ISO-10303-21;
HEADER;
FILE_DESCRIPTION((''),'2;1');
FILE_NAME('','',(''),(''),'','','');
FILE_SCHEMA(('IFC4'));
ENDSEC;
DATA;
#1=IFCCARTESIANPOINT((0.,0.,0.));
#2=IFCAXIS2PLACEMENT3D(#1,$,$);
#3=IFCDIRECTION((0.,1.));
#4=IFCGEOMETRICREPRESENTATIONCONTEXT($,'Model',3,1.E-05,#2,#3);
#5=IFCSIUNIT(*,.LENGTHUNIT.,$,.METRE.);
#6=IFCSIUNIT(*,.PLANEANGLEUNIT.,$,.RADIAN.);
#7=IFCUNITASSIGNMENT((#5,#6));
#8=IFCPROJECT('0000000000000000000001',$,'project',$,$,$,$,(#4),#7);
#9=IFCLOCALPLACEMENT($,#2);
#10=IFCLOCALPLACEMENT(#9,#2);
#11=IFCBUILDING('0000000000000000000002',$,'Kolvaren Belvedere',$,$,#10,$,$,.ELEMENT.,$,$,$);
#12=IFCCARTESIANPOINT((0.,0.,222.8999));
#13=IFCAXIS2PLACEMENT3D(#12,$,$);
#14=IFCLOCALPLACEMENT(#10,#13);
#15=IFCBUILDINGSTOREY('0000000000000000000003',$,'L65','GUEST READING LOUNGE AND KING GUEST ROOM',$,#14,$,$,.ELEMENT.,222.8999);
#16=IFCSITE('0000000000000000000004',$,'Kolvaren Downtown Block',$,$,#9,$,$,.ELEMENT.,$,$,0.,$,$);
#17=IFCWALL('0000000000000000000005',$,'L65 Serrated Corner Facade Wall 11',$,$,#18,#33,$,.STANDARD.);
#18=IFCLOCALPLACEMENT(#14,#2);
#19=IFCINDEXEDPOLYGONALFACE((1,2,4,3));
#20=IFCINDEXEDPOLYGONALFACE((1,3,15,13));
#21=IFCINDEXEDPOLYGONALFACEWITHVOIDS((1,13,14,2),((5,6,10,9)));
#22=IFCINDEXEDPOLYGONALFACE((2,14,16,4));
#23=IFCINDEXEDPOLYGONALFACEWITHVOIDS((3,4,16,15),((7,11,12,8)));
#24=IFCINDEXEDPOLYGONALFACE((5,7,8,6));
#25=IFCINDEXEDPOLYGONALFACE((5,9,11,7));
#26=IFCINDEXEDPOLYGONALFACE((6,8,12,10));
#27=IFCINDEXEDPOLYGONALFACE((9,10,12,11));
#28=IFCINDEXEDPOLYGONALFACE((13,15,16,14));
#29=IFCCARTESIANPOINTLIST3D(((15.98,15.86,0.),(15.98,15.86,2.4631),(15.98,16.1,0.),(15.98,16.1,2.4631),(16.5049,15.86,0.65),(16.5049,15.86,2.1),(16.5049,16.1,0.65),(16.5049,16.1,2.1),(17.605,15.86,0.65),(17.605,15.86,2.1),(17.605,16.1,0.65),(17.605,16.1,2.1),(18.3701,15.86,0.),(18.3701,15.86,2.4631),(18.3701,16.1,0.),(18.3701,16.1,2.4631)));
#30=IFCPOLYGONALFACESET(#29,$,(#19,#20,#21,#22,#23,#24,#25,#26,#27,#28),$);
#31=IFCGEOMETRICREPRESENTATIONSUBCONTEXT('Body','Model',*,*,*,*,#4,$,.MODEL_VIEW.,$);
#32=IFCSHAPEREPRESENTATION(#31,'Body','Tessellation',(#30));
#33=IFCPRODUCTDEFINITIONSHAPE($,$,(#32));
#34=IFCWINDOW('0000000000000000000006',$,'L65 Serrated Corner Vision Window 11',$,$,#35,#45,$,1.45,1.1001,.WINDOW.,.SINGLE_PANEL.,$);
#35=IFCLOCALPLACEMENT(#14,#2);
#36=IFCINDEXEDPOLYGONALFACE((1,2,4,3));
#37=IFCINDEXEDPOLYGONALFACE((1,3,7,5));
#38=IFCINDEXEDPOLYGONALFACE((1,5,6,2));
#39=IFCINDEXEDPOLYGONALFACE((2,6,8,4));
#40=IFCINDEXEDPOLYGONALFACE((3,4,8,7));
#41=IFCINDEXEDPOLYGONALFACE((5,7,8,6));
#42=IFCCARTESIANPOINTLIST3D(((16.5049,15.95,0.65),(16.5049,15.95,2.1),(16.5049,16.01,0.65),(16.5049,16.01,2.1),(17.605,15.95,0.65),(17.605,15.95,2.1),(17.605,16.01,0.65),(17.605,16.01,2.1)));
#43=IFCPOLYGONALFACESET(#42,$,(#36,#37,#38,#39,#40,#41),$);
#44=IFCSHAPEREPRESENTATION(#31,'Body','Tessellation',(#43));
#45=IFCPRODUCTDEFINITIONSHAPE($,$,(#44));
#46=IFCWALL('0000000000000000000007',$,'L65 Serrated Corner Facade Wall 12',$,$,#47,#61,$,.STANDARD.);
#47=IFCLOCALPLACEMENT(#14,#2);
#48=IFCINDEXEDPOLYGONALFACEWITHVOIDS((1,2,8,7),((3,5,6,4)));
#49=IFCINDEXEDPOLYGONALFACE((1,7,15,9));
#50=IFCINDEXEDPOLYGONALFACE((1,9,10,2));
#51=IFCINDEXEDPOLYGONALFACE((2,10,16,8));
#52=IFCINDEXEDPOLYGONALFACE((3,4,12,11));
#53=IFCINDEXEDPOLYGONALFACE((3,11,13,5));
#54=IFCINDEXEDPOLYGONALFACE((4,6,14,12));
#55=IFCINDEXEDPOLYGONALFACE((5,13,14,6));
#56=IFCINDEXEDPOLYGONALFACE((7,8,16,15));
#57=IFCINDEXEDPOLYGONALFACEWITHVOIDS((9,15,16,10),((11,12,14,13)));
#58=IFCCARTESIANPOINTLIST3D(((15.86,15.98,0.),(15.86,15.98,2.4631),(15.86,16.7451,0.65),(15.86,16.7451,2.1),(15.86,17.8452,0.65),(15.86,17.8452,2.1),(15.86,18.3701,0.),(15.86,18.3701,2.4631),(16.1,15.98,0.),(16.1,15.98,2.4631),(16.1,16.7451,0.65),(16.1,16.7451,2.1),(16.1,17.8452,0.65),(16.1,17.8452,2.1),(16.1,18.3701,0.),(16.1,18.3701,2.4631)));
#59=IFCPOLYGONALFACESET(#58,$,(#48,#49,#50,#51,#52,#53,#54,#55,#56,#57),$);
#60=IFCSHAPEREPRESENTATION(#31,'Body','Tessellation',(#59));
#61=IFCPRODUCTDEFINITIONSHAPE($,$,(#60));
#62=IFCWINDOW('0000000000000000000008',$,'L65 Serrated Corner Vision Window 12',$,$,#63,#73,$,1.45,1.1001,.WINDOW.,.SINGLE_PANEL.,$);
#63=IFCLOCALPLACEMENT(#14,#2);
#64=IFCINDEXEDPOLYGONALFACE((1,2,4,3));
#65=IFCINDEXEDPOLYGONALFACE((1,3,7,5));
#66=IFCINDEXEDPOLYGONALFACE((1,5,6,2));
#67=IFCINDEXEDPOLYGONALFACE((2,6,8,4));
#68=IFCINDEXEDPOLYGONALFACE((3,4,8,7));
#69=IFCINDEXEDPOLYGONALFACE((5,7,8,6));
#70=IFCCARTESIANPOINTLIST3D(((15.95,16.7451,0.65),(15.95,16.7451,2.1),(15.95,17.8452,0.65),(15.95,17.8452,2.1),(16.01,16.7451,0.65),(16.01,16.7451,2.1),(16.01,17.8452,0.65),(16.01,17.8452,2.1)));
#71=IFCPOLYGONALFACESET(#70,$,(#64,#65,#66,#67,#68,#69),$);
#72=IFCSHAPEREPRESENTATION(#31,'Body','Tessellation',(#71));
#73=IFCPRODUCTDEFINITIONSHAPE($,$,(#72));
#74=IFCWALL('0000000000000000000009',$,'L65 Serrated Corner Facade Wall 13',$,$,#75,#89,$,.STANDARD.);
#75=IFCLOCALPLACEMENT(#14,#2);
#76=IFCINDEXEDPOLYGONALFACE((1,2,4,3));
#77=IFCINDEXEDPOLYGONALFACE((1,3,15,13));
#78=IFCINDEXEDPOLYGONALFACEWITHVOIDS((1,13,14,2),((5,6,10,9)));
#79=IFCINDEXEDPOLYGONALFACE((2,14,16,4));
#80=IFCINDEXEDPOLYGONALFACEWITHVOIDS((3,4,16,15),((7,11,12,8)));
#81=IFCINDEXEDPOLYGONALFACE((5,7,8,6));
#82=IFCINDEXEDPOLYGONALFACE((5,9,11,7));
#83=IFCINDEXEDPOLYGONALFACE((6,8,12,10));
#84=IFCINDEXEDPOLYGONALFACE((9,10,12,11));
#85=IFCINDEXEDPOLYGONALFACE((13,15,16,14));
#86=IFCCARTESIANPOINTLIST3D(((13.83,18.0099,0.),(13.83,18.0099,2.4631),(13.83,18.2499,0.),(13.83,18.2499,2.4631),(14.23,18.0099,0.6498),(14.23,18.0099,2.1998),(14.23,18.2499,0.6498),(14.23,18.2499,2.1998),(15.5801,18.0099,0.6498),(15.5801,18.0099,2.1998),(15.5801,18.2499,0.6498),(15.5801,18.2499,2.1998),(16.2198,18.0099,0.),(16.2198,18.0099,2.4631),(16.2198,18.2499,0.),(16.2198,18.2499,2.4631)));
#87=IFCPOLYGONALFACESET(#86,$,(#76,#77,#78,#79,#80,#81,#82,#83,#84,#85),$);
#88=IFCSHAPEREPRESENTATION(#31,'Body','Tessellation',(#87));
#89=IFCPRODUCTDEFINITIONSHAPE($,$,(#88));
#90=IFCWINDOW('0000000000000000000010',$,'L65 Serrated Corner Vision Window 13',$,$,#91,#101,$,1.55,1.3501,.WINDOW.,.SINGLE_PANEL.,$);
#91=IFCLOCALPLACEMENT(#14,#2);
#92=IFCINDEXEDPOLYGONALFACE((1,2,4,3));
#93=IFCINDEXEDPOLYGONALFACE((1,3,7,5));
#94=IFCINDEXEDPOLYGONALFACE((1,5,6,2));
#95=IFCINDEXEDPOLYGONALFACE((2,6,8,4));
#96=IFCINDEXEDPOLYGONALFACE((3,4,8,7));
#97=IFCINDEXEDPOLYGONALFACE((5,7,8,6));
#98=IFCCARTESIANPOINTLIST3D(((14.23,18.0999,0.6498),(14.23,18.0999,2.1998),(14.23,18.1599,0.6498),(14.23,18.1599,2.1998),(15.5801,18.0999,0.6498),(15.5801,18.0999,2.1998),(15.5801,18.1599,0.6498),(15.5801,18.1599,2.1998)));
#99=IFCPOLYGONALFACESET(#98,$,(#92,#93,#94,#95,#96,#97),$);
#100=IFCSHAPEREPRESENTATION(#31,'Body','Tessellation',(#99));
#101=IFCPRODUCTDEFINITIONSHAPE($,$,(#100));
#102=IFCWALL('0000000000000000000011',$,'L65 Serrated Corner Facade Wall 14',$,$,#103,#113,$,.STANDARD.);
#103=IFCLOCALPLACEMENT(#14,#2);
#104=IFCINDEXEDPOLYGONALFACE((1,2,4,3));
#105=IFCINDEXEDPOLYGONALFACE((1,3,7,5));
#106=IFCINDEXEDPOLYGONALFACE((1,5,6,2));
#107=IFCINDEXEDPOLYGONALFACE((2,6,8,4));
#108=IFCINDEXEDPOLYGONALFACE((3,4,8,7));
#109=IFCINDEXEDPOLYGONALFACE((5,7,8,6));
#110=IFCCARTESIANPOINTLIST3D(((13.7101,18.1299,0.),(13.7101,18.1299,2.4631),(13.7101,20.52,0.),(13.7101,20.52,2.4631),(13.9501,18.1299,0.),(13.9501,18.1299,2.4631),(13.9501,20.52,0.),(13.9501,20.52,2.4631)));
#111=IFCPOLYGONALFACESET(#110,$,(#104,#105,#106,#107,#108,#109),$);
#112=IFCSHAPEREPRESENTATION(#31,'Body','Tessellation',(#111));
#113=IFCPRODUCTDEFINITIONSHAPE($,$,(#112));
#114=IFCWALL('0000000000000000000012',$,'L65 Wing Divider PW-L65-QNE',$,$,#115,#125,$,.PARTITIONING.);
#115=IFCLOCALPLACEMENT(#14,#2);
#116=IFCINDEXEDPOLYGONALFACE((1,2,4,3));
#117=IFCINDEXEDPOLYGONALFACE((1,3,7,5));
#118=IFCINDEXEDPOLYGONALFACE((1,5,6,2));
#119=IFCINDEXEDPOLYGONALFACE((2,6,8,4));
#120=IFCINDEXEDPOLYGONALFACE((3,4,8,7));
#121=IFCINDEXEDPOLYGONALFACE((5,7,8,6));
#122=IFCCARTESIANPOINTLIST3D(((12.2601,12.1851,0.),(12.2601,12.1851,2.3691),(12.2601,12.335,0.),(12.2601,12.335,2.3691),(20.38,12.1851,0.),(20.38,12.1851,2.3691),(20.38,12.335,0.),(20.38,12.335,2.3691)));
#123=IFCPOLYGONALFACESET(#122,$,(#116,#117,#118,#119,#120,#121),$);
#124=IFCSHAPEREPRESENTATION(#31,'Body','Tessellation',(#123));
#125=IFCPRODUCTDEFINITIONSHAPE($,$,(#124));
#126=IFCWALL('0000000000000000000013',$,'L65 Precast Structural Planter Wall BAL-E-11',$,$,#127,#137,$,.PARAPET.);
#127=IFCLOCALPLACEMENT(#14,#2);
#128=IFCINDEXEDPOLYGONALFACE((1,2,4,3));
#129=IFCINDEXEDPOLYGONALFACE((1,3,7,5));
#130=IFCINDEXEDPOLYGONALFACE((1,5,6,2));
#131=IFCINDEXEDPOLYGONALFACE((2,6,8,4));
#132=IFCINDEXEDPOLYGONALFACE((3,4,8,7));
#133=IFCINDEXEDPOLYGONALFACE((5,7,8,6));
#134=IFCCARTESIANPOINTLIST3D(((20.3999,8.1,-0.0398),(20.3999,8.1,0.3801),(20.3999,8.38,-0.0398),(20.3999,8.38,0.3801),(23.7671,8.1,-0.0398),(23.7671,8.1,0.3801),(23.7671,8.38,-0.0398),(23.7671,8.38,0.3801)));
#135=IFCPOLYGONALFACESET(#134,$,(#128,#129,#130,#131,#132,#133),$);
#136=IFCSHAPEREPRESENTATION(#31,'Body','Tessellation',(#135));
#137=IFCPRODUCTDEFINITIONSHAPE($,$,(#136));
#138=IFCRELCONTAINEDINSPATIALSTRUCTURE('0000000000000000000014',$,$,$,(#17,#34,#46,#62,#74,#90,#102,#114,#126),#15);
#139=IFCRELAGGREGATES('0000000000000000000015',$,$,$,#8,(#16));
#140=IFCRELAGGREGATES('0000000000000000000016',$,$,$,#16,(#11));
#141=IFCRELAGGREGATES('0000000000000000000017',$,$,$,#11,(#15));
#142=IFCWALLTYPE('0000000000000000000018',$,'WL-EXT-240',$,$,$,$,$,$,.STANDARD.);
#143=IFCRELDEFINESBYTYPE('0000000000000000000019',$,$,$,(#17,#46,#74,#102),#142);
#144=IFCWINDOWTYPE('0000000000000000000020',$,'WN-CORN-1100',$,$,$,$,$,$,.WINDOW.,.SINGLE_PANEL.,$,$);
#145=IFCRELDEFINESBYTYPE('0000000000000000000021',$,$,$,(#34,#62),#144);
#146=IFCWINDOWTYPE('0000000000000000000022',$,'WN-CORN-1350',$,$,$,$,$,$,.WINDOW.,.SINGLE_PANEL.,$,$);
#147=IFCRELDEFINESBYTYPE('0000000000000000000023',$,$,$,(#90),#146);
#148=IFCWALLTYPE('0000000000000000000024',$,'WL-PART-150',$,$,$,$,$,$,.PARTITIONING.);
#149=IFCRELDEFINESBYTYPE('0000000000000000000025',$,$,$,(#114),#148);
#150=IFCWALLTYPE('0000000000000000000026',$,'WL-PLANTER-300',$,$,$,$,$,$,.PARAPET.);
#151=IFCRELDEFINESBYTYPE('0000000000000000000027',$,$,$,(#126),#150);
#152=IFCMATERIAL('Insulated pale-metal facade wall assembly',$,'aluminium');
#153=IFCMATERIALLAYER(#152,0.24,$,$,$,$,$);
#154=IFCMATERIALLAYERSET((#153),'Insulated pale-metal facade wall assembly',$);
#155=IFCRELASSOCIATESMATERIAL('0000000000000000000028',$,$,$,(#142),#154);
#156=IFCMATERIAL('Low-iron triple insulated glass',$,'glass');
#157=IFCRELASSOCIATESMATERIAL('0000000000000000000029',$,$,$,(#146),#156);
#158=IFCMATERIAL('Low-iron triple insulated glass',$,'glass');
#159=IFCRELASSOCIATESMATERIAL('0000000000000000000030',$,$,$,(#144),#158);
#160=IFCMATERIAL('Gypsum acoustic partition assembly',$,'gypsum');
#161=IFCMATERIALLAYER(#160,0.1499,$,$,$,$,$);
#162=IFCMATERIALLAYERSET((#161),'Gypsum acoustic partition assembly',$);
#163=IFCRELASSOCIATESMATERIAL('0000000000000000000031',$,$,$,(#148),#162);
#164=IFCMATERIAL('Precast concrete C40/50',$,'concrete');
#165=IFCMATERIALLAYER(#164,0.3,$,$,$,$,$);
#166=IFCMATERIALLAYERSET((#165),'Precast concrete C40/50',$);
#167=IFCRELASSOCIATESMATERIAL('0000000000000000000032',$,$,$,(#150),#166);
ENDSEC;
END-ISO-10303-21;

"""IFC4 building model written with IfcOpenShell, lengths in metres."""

from ifc_helpers import new_model, si_unit, direction, frame, frame_2d, origin, place, context, subcontext, project, spatial, rectangle, extrude, material, layer, layer_set, type_object, element, fill, save


model = new_model("IFC4")

# Units and contexts
model_context = context("Model", 3, precision=1e-05, world=origin(), true_north=direction((0.0, 1.0)))
body_context = subcontext(model_context, "Body", "Model", "MODEL_VIEW")
ifc_project = project(units=[si_unit("LENGTHUNIT", "METRE"), si_unit("PLANEANGLEUNIT", "RADIAN")], contexts=[model_context])

# Site, building, storey
site_placement = place(None, origin())
site = spatial("IfcSite", under=ifc_project, at=site_placement, Name="Kolvaren Downtown Block", CompositionType="ELEMENT", RefElevation=0.0)
building_placement = place(site_placement, origin())
building = spatial("IfcBuilding", under=site, at=building_placement, Name="Kolvaren Belvedere", CompositionType="ELEMENT")
storey_placement = place(building_placement, frame((0.0, 0.0, 222.8999)))
storey = spatial("IfcBuildingStorey", under=building, at=storey_placement, Name="L65", Description="GUEST READING LOUNGE AND KING GUEST ROOM", CompositionType="ELEMENT", Elevation=222.8999)

# Shared definitions
ifc_material_1 = material(Name="Insulated pale-metal facade wall assembly", Category="aluminium")
ifc_layer_1 = layer(ifc_material_1, 0.24)
ifc_layer_set_1 = layer_set([ifc_layer_1], Name="Insulated pale-metal facade wall assembly")
wall_type_1 = type_object("IfcWallType", Name="WL-EXT-240", PredefinedType="STANDARD", material=ifc_layer_set_1)

# Walls, openings, windows
ifc_material_2 = material(Name="Low-iron triple insulated glass", Category="glass")
window_type_1 = type_object("IfcWindowType", Name="WN-CORN-1350", PartitioningType="SINGLE_PANEL", PredefinedType="WINDOW", material=ifc_material_2)
wall_1_placement = place(storey_placement, frame((15.98, 15.98, 0.0), z_axis=(0.0, 0.0, 1.0), x_axis=(1.0, 0.0, 0.0)))
wall_1 = element("IfcWall", 1, at=wall_1_placement, inside=storey, type_object=wall_type_1, Name="L65 Serrated Corner Facade Wall 11", PredefinedType="STANDARD", context=body_context, shape_type="SweptSolid", body=[
    extrude(rectangle(XDim=2.3901, YDim=0.24, at=frame_2d((1.1951, 0.0))), origin(), (0.0, 0.0, 1.0), 2.4631),
])
opening_1_placement = place(wall_1_placement, frame((0.5249, 0.0, 0.6499)))
opening_1 = element("IfcOpeningElement", 2, at=opening_1_placement, cuts=wall_1, PredefinedType="OPENING", context=body_context, shape_type="SweptSolid", body=[
    extrude(rectangle(XDim=1.1001, YDim=1.45, at=frame_2d((0.55, 0.7251))), frame((0.0, 0.1299, 0.0), z_axis=(0.0, -1.0, 0.0), x_axis=(1.0, 0.0, 0.0)), (0.0, 0.0, 1.0), 0.26),
])
ifc_material_3 = material(Name="Low-iron triple insulated glass", Category="glass")
window_type_2 = type_object("IfcWindowType", Name="WN-CORN-1100", PartitioningType="SINGLE_PANEL", PredefinedType="WINDOW", material=ifc_material_3)
window_1_placement = place(opening_1_placement, origin())
window_1 = element("IfcWindow", 3, at=window_1_placement, inside=storey, type_object=window_type_2, Name="L65 Serrated Corner Vision Window 11", OverallHeight=1.45, OverallWidth=1.1001, PartitioningType="SINGLE_PANEL", PredefinedType="WINDOW", context=body_context, shape_type="SweptSolid", body=[
    extrude(rectangle(XDim=1.1001, YDim=1.45, at=frame_2d((0.55, 0.7251))), frame((0.0, 0.03, 0.0), z_axis=(0.0, -1.0, 0.0), x_axis=(1.0, 0.0, 0.0)), (0.0, 0.0, 1.0), 0.0601),
])
fill(opening_1, window_1)
wall_2_placement = place(storey_placement, frame((15.98, 18.3701, 0.0), z_axis=(0.0, 0.0, 1.0), x_axis=(0.0, -1.0, 0.0)))
wall_2 = element("IfcWall", 4, at=wall_2_placement, inside=storey, type_object=wall_type_1, Name="L65 Serrated Corner Facade Wall 12", PredefinedType="STANDARD", context=body_context, shape_type="SweptSolid", body=[
    extrude(rectangle(XDim=2.3901, YDim=0.24, at=frame_2d((1.1951, 0.0))), origin(), (0.0, 0.0, 1.0), 2.4631),
])
opening_2_placement = place(wall_2_placement, frame((0.5249, 0.0, 0.6499)))
opening_2 = element("IfcOpeningElement", 5, at=opening_2_placement, cuts=wall_2, PredefinedType="OPENING", context=body_context, shape_type="SweptSolid", body=[
    extrude(rectangle(XDim=1.1001, YDim=1.45, at=frame_2d((0.55, 0.7251))), frame((0.0, 0.1299, 0.0), z_axis=(0.0, -1.0, 0.0), x_axis=(1.0, 0.0, 0.0)), (0.0, 0.0, 1.0), 0.26),
])
window_2_placement = place(opening_2_placement, origin())
window_2 = element("IfcWindow", 6, at=window_2_placement, inside=storey, type_object=window_type_2, Name="L65 Serrated Corner Vision Window 12", OverallHeight=1.45, OverallWidth=1.1001, PartitioningType="SINGLE_PANEL", PredefinedType="WINDOW", context=body_context, shape_type="SweptSolid", body=[
    extrude(rectangle(XDim=1.1001, YDim=1.45, at=frame_2d((0.55, 0.7251))), frame((0.0, 0.03, 0.0), z_axis=(0.0, -1.0, 0.0), x_axis=(1.0, 0.0, 0.0)), (0.0, 0.0, 1.0), 0.0601),
])
fill(opening_2, window_2)
wall_3_placement = place(storey_placement, frame((13.8301, 18.1299, 0.0), z_axis=(0.0, 0.0, 1.0), x_axis=(1.0, 0.0, 0.0)))
wall_3 = element("IfcWall", 7, at=wall_3_placement, inside=storey, type_object=wall_type_1, Name="L65 Serrated Corner Facade Wall 13", PredefinedType="STANDARD", context=body_context, shape_type="SweptSolid", body=[
    extrude(rectangle(XDim=2.3899, YDim=0.24, at=frame_2d((1.1948, 0.0))), origin(), (0.0, 0.0, 1.0), 2.4631),
])
opening_3_placement = place(wall_3_placement, frame((0.3999, 0.0, 0.6499)))
opening_3 = element("IfcOpeningElement", 8, at=opening_3_placement, cuts=wall_3, PredefinedType="OPENING", context=body_context, shape_type="SweptSolid", body=[
    extrude(rectangle(XDim=1.3501, YDim=1.55, at=frame_2d((0.675, 0.7749))), frame((0.0, 0.1299, 0.0), z_axis=(0.0, -1.0, 0.0), x_axis=(1.0, 0.0, 0.0)), (0.0, 0.0, 1.0), 0.26),
])
window_3_placement = place(opening_3_placement, origin())
window_3 = element("IfcWindow", 9, at=window_3_placement, inside=storey, type_object=window_type_1, Name="L65 Serrated Corner Vision Window 13", OverallHeight=1.55, OverallWidth=1.3501, PartitioningType="SINGLE_PANEL", PredefinedType="WINDOW", context=body_context, shape_type="SweptSolid", body=[
    extrude(rectangle(XDim=1.3501, YDim=1.55, at=frame_2d((0.675, 0.7749))), frame((0.0, 0.03, 0.0), z_axis=(0.0, -1.0, 0.0), x_axis=(1.0, 0.0, 0.0)), (0.0, 0.0, 1.0), 0.0601),
])
fill(opening_3, window_3)

# Walls
wall_4_placement = place(storey_placement, frame((13.8301, 20.52, 0.0), z_axis=(0.0, 0.0, 1.0), x_axis=(0.0, -1.0, 0.0)))
element("IfcWall", 10, at=wall_4_placement, inside=storey, type_object=wall_type_1, Name="L65 Serrated Corner Facade Wall 14", PredefinedType="STANDARD", context=body_context, shape_type="SweptSolid", body=[
    extrude(rectangle(XDim=2.3901, YDim=0.24, at=frame_2d((1.1951, 0.0))), origin(), (0.0, 0.0, 1.0), 2.4631),
])
ifc_material_4 = material(Name="Gypsum acoustic partition assembly", Category="gypsum")
ifc_layer_2 = layer(ifc_material_4, 0.1499)
ifc_layer_set_2 = layer_set([ifc_layer_2], Name="Gypsum acoustic partition assembly")
wall_type_2 = type_object("IfcWallType", Name="WL-PART-150", PredefinedType="PARTITIONING", material=ifc_layer_set_2)
wall_5_placement = place(storey_placement, frame((12.26, 12.26, 0.0), z_axis=(0.0, 0.0, 1.0), x_axis=(1.0, 0.0, 0.0)))
element("IfcWall", 11, at=wall_5_placement, inside=storey, type_object=wall_type_2, Name="L65 Wing Divider PW-L65-QNE", PredefinedType="PARTITIONING", context=body_context, shape_type="SweptSolid", body=[
    extrude(rectangle(XDim=8.1199, YDim=0.1499, at=frame_2d((4.0601, 0.0))), origin(), (0.0, 0.0, 1.0), 2.3691),
])
ifc_material_5 = material(Name="Precast concrete C40/50", Category="concrete")
ifc_layer_3 = layer(ifc_material_5, 0.3)
ifc_layer_set_3 = layer_set([ifc_layer_3], Name="Precast concrete C40/50")
wall_type_3 = type_object("IfcWallType", Name="WL-PLANTER-300", PredefinedType="PARAPET", material=ifc_layer_set_3)
wall_6_placement = place(storey_placement, frame((23.7671, 8.24, -0.0398), z_axis=(0.0, 0.0, 1.0), x_axis=(-1.0, 0.0, 0.0)))
element("IfcWall", 12, at=wall_6_placement, inside=storey, type_object=wall_type_3, Name="L65 Precast Structural Planter Wall BAL-E-11", PredefinedType="PARAPET", context=body_context, shape_type="SweptSolid", body=[
    extrude(rectangle(XDim=3.3672, YDim=0.28, at=frame_2d((1.6836, 0.0))), origin(), (0.0, 0.0, 1.0), 0.4199),
])

save(model, "model.ifc")
